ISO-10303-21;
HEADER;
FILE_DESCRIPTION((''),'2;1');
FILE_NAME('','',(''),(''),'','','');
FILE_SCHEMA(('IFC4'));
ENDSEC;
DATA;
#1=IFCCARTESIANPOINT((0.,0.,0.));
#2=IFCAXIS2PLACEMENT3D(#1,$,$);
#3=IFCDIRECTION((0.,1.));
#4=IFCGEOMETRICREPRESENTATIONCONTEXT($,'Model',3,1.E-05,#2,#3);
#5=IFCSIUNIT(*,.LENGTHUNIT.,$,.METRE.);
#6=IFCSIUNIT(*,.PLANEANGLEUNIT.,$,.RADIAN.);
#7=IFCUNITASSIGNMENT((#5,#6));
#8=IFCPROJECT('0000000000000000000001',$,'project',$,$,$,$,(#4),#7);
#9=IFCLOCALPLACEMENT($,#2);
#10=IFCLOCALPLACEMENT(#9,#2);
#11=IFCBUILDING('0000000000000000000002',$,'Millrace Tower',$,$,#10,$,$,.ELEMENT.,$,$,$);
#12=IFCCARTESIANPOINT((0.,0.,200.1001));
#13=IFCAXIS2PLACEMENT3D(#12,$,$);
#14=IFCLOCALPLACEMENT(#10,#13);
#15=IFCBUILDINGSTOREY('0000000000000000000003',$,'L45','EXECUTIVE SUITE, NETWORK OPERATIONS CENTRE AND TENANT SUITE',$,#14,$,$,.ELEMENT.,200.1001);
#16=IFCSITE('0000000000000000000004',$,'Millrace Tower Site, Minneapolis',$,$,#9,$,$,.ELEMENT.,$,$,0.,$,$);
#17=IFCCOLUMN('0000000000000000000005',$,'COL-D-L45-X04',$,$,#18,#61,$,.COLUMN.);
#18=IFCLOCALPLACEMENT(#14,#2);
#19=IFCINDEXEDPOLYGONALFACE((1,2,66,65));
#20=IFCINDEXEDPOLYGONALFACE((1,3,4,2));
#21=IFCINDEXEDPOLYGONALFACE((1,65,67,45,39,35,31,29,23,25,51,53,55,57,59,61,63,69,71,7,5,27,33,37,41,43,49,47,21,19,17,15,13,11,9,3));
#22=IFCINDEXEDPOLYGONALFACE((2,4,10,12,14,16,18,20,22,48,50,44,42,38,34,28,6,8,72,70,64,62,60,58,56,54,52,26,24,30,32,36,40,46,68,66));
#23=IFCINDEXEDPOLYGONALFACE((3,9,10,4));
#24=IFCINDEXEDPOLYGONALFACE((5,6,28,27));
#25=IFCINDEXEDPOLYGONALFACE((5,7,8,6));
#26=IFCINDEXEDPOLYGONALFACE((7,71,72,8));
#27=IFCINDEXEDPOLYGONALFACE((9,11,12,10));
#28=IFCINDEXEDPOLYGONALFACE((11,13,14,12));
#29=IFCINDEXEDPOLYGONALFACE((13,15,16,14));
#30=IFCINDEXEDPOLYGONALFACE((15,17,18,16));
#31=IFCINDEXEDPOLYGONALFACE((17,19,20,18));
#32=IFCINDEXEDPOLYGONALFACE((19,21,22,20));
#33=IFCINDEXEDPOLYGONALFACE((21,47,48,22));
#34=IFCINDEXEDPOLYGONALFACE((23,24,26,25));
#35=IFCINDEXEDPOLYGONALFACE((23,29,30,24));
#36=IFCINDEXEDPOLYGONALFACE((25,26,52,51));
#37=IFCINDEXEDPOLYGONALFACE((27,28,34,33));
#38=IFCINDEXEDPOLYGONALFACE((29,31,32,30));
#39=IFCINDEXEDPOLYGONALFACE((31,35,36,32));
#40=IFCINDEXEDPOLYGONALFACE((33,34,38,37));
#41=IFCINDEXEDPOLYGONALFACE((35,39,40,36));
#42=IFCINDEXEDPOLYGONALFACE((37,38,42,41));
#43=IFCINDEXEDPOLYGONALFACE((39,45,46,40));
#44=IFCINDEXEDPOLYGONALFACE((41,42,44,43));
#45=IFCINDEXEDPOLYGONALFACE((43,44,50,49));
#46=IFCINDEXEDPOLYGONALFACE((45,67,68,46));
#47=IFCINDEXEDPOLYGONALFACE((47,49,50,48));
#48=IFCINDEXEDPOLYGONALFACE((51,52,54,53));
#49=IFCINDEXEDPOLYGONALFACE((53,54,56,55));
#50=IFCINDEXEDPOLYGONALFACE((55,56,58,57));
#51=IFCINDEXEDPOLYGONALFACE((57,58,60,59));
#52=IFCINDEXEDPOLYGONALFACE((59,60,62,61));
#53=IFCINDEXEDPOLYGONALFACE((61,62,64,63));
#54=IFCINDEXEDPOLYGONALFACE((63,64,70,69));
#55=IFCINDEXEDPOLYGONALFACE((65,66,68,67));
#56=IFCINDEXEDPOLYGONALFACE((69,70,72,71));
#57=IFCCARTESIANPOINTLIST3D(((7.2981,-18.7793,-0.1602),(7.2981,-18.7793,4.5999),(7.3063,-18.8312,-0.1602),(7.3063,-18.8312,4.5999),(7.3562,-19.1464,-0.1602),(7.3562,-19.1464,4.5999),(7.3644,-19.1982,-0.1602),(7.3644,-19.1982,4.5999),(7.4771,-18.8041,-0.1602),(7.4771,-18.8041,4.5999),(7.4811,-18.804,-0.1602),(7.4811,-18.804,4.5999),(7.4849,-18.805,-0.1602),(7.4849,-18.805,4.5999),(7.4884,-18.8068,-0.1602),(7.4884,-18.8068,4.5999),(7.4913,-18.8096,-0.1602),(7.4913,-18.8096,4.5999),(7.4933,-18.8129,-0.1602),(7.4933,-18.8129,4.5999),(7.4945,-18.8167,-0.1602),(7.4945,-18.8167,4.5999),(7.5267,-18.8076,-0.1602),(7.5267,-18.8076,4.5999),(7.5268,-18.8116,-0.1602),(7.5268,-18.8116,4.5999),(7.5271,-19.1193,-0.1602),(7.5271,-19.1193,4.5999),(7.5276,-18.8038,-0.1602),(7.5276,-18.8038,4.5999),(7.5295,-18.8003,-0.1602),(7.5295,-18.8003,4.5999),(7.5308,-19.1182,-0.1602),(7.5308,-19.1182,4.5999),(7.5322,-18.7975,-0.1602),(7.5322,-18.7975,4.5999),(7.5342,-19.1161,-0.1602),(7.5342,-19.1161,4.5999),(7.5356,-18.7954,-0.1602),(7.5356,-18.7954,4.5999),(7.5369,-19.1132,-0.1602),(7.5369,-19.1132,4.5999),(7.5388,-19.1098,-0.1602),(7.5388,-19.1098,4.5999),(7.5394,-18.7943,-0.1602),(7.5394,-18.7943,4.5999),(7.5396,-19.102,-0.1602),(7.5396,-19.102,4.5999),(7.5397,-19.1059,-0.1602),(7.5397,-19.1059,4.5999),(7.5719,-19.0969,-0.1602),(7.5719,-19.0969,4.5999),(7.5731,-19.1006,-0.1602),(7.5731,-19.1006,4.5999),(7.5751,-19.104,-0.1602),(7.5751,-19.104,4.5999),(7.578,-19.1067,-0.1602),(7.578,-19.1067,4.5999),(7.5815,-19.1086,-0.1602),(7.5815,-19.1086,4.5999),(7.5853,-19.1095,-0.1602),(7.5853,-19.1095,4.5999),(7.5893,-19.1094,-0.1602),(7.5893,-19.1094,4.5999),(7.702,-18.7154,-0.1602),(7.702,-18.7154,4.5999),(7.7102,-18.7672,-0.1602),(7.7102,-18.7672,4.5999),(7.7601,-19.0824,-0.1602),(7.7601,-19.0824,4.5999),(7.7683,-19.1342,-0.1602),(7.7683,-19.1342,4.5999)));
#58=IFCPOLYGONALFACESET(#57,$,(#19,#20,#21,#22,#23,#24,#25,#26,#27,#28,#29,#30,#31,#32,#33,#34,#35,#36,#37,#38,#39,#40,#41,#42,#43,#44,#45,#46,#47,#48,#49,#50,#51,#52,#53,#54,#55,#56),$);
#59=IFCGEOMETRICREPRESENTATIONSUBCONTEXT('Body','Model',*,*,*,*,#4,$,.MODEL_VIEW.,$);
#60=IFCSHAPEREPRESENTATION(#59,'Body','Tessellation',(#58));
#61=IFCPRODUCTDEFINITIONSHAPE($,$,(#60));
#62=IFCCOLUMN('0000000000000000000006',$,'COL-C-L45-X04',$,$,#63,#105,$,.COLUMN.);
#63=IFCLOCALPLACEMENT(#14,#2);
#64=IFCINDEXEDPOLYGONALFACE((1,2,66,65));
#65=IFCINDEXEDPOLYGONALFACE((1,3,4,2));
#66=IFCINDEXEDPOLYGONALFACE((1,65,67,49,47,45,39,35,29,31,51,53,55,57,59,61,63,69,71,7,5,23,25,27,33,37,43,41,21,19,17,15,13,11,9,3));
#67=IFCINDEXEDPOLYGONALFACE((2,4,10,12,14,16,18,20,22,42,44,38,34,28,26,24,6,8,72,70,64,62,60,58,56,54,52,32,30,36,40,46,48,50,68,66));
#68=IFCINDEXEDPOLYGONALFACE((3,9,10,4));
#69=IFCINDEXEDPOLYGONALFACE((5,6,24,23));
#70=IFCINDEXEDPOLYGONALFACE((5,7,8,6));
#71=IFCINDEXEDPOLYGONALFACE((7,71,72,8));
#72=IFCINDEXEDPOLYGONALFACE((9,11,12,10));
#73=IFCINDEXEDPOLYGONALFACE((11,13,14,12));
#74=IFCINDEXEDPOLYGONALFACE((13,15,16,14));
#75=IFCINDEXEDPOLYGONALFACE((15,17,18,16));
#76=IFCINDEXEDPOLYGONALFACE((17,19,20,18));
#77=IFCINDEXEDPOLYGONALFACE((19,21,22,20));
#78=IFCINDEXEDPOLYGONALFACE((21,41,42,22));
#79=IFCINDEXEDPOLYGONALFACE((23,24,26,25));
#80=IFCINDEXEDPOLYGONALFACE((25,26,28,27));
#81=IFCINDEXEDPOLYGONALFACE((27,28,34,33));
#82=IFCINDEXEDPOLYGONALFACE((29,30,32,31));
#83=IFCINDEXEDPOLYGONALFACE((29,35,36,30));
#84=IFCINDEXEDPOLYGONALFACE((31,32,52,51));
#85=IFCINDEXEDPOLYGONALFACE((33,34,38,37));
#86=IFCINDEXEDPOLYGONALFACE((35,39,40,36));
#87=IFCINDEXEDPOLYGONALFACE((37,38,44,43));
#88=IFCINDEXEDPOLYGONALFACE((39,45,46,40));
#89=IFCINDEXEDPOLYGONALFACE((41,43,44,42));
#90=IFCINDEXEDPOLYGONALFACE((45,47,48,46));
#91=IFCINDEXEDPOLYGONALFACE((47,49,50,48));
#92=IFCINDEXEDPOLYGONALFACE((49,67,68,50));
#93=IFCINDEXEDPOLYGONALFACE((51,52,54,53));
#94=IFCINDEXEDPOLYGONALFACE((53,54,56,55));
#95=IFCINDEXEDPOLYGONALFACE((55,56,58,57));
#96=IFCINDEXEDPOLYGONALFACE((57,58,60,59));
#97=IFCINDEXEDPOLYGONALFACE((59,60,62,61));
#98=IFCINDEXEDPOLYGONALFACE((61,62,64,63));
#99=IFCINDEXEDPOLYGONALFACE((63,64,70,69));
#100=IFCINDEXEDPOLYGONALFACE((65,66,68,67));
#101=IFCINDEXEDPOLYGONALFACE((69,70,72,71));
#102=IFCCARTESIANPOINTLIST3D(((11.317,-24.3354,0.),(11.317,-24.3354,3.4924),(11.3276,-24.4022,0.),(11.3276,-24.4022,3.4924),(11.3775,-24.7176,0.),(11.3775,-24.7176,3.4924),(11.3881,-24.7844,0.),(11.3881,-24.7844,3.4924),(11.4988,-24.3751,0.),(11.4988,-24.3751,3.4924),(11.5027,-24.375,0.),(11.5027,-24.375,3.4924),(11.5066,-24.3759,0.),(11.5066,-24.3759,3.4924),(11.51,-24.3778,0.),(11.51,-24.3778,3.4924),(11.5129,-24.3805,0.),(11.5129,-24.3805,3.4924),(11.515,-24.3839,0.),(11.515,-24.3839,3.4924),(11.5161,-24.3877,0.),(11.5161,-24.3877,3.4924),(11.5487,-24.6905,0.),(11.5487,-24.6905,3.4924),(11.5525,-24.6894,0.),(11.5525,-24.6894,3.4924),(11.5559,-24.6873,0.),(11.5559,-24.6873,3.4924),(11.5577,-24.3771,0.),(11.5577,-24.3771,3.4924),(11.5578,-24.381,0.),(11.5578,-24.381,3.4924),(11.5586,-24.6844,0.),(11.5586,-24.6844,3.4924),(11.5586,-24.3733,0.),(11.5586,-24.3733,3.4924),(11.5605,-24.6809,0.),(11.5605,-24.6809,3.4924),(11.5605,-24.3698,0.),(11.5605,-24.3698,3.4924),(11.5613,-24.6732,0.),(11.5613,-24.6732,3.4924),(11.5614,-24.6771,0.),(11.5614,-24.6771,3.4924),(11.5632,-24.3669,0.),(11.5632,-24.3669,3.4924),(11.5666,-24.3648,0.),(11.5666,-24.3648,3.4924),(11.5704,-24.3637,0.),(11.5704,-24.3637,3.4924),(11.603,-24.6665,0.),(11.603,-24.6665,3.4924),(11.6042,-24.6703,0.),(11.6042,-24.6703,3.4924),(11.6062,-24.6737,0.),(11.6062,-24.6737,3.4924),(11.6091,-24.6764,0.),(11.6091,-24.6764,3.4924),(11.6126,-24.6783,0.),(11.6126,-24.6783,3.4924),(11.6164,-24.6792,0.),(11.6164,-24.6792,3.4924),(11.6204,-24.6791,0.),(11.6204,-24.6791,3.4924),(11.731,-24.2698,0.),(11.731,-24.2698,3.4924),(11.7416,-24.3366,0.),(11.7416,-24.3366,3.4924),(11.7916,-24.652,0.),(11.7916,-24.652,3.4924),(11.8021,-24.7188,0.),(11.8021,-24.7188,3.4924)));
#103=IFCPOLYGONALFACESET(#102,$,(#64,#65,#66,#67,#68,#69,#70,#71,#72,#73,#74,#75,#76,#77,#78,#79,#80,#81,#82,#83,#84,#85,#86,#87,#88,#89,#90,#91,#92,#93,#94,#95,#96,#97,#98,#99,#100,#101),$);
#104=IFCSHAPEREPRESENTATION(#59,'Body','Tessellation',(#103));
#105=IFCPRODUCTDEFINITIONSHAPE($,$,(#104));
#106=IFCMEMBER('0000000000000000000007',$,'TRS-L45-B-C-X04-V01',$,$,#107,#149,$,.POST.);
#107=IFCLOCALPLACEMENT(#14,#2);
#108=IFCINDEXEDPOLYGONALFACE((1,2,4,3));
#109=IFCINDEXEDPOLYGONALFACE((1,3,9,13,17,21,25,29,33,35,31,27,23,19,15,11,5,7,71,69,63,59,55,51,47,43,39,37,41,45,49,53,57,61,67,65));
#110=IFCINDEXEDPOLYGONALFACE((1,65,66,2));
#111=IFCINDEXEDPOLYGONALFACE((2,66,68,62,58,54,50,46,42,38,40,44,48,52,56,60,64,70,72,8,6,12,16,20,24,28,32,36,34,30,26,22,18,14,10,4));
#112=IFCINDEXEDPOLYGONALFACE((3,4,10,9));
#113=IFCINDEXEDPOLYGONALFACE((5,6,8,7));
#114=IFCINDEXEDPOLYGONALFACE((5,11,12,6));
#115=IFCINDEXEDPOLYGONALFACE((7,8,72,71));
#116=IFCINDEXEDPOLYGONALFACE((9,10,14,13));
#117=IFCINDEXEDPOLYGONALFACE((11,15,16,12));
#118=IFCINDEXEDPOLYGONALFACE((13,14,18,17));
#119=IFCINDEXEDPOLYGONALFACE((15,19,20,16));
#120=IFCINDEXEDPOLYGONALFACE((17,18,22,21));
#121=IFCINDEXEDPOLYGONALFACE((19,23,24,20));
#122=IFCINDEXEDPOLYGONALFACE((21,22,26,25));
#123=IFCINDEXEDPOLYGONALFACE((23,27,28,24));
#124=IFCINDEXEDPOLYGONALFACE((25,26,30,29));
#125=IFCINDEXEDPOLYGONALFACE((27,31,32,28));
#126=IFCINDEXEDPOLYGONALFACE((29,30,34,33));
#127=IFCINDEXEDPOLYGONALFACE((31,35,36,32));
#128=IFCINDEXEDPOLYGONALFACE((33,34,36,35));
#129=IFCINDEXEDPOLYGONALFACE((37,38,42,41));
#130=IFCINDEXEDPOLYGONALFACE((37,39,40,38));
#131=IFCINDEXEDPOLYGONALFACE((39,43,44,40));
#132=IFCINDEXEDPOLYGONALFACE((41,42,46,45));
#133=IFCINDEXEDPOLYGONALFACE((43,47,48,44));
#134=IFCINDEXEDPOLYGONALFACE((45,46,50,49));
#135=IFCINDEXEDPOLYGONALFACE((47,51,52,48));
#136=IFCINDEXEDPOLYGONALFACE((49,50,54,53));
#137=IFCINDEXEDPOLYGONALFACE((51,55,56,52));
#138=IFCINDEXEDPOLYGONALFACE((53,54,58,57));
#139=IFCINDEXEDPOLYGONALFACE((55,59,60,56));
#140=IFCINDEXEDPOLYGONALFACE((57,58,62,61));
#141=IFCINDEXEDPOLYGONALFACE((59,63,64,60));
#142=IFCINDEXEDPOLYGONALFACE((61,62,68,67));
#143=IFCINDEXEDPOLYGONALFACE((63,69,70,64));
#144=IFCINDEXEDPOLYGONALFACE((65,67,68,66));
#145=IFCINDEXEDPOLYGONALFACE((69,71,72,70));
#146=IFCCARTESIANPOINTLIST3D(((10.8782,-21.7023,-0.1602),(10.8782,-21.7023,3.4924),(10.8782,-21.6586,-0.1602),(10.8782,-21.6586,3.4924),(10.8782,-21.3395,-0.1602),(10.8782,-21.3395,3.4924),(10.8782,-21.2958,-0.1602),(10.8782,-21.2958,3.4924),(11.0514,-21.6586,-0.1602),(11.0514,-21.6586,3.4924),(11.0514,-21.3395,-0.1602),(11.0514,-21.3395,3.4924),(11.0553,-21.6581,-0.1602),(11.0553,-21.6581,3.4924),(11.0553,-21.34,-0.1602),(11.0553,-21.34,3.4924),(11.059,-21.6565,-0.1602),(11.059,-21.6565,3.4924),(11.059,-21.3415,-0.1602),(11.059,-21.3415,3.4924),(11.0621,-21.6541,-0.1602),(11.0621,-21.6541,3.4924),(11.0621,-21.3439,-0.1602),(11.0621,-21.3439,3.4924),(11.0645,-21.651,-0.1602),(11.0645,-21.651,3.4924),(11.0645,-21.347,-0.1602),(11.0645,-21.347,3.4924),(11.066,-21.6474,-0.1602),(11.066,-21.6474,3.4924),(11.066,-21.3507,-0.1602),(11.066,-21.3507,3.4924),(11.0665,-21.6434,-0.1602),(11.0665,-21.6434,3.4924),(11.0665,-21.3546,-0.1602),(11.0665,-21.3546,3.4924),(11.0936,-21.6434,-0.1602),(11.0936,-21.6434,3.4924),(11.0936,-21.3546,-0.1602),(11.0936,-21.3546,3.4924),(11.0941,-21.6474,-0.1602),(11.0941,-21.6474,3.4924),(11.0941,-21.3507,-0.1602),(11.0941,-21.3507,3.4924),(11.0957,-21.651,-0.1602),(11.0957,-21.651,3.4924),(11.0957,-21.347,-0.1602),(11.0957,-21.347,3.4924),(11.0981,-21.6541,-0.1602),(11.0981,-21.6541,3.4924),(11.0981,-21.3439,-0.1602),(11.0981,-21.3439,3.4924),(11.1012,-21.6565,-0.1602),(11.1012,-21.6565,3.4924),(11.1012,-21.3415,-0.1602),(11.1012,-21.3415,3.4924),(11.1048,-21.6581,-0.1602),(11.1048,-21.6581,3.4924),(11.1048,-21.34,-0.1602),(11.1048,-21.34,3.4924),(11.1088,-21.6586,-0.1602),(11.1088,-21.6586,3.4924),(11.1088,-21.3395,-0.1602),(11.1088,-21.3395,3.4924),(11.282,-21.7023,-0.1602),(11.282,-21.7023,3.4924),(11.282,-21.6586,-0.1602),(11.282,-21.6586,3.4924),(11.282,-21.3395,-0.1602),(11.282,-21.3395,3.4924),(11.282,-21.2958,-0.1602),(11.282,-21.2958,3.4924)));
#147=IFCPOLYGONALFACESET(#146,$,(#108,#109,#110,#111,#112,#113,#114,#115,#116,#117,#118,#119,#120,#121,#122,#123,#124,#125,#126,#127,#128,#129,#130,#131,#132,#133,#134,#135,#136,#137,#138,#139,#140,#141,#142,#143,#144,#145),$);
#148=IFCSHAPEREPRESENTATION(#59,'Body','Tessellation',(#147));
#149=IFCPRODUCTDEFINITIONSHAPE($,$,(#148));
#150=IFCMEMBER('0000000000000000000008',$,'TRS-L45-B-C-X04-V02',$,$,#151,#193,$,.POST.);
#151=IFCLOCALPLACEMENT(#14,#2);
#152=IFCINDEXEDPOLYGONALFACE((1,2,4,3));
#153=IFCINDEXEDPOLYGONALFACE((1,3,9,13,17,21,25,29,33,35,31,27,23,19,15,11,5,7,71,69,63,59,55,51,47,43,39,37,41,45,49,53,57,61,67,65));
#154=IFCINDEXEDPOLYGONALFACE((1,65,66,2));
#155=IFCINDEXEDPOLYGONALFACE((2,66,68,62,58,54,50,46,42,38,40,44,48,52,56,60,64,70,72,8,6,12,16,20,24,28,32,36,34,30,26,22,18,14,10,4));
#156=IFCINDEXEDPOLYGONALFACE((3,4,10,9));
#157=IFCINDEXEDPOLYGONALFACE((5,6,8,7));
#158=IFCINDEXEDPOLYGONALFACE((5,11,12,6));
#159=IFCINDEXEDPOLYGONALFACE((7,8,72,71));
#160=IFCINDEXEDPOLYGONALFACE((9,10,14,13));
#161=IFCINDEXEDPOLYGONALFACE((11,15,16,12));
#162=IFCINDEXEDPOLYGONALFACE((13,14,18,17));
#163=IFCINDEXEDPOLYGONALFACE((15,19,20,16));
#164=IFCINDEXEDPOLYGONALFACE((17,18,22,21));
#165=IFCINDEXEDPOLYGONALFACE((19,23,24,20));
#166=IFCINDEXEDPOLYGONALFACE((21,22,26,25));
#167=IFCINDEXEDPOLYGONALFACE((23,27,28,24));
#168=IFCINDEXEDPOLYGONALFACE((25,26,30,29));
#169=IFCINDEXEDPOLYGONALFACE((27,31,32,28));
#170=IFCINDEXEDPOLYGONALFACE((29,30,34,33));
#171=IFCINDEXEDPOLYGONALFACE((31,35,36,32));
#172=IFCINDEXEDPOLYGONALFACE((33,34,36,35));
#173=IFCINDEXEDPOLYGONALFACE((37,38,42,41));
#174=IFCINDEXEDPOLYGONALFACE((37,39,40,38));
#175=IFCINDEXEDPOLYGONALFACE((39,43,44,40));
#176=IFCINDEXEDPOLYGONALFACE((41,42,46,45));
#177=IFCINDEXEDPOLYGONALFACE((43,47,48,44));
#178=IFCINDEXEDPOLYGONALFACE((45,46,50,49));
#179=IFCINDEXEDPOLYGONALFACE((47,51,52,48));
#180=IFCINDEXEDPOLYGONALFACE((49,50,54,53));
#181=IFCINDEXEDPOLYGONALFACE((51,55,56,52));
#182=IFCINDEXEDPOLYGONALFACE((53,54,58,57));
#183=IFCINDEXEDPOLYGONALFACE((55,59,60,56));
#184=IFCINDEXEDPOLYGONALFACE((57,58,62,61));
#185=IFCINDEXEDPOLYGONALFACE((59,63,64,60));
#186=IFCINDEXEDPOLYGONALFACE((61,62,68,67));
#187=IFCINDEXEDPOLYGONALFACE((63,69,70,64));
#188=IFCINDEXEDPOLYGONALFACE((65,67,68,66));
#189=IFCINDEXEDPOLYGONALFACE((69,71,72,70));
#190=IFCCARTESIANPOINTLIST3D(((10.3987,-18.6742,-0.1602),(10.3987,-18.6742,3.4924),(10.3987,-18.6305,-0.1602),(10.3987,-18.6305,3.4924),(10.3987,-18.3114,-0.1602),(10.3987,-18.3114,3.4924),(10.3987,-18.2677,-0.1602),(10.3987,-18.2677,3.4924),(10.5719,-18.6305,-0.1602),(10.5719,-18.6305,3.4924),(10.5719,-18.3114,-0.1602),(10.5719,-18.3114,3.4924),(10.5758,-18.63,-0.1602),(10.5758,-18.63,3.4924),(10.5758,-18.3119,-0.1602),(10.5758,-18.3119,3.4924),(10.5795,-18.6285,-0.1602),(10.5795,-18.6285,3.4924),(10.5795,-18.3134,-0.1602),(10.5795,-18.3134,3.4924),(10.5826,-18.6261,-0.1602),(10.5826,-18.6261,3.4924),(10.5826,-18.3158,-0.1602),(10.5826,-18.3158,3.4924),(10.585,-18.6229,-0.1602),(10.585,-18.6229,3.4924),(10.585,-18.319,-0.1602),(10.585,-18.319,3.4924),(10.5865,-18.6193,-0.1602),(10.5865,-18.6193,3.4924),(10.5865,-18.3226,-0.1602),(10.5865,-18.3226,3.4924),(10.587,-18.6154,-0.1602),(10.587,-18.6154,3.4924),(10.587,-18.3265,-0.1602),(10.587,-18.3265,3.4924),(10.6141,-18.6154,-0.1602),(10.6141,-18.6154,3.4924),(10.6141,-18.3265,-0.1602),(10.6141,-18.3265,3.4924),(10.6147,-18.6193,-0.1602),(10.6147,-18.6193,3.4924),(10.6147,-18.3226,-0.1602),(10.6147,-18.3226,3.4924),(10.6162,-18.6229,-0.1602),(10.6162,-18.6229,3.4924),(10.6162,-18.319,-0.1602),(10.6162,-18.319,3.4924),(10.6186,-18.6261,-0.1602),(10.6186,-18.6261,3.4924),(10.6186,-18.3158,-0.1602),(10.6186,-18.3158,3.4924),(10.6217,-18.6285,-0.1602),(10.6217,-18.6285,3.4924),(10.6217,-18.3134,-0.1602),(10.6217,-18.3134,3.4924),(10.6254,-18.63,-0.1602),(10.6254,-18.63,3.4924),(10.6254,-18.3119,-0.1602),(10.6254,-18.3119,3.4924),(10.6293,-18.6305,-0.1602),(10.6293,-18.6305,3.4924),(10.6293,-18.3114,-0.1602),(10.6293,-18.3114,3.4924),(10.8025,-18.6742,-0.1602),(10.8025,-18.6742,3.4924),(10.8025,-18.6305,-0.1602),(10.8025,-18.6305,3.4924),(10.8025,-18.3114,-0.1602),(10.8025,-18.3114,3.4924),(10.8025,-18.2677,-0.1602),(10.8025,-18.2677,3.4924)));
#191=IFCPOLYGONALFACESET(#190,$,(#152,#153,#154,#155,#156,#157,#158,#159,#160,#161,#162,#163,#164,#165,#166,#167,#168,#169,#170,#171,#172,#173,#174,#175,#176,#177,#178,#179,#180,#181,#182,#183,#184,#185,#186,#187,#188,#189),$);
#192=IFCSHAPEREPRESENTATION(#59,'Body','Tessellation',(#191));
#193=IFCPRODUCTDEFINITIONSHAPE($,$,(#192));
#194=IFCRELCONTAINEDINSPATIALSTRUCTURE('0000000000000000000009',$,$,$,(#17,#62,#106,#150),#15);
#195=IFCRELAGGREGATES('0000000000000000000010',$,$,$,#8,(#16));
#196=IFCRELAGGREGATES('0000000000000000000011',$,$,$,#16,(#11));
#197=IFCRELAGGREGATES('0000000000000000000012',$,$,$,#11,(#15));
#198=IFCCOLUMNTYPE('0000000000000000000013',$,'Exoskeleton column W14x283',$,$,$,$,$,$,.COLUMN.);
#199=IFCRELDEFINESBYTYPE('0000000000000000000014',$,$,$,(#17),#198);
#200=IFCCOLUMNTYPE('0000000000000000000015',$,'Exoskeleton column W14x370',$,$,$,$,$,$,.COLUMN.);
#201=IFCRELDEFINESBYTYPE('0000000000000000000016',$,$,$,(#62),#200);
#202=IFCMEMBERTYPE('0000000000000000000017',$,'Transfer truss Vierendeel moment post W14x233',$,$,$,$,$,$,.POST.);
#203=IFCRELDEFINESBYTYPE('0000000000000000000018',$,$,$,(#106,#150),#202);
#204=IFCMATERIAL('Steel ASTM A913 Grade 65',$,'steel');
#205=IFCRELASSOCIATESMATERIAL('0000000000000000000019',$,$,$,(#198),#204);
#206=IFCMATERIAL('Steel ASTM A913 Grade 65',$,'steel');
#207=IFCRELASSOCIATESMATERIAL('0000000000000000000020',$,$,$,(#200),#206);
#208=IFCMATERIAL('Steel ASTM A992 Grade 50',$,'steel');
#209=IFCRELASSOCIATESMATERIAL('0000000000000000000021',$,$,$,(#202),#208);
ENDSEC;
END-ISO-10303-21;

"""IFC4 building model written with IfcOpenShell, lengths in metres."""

from ifc_helpers import new_model, si_unit, direction, frame, origin, origin_2d, place, context, subcontext, project, spatial, i_section, extrude, material, material_profile, profile_set, type_object, element, save


model = new_model("IFC4")

# Units and contexts
model_context = context("Model", 3, precision=1e-05, world=origin(), true_north=direction((0.0, 1.0)))
body_context = subcontext(model_context, "Body", "Model", "MODEL_VIEW")
ifc_project = project(units=[si_unit("LENGTHUNIT", "METRE"), si_unit("PLANEANGLEUNIT", "RADIAN")], contexts=[model_context])

# Site, building, storey
site_placement = place(None, origin())
site = spatial("IfcSite", under=ifc_project, at=site_placement, Name="Millrace Tower Site, Minneapolis", CompositionType="ELEMENT", RefElevation=0.0)
building_placement = place(site_placement, origin())
building = spatial("IfcBuilding", under=site, at=building_placement, Name="Millrace Tower", CompositionType="ELEMENT")
storey_placement = place(building_placement, frame((0.0, 0.0, 200.1001)))
storey = spatial("IfcBuildingStorey", under=building, at=storey_placement, Name="L45", Description="EXECUTIVE SUITE, NETWORK OPERATIONS CENTRE AND TENANT SUITE", CompositionType="ELEMENT", Elevation=200.1001)

# Columns
ifc_material_1 = material(Name="Steel ASTM A913 Grade 65", Category="steel")
ifc_material_profile_1 = material_profile(ifc_material_1, i_section(OverallWidth=0.4089, OverallDepth=0.4241, WebThickness=0.0327, FlangeThickness=0.0525, FilletRadius=0.0151, at=origin_2d()))
ifc_profile_set_1 = profile_set([ifc_material_profile_1], Name="Steel ASTM A913 Grade 65")
column_type_1 = type_object("IfcColumnType", Name="Exoskeleton column W14x283", PredefinedType="COLUMN", material=ifc_profile_set_1)
column_1_placement = place(storey_placement, frame((7.5332, -18.9568, -0.1602), z_axis=(0.0, 0.0, 1.0), x_axis=(0.987688, 0.156434, 0.0)))
element("IfcColumn", 1, at=column_1_placement, inside=storey, type_object=column_type_1, Name="COL-D-L45-X04", PredefinedType="COLUMN", context=body_context, shape_type="SweptSolid", body=[
    extrude(i_section(OverallWidth=0.4089, OverallDepth=0.4241, WebThickness=0.0327, FlangeThickness=0.0525, FilletRadius=0.0151, at=origin_2d()), origin(), (0.0, 0.0, 1.0), 4.76),
])
ifc_material_2 = material(Name="Steel ASTM A913 Grade 65", Category="steel")
ifc_material_profile_2 = material_profile(ifc_material_2, i_section(OverallWidth=0.4192, OverallDepth=0.4546, WebThickness=0.0422, FlangeThickness=0.0676, FilletRadius=0.0151, at=origin_2d()))
ifc_profile_set_2 = profile_set([ifc_material_profile_2], Name="Steel ASTM A913 Grade 65")
column_type_2 = type_object("IfcColumnType", Name="Exoskeleton column W14x370", PredefinedType="COLUMN", material=ifc_profile_set_2)
column_2_placement = place(storey_placement, frame((11.5596, -24.5271, 0.0), z_axis=(0.0, 0.0, 1.0), x_axis=(0.987688, 0.156434, 0.0)))
element("IfcColumn", 2, at=column_2_placement, inside=storey, type_object=column_type_2, Name="COL-C-L45-X04", PredefinedType="COLUMN", context=body_context, shape_type="SweptSolid", body=[
    extrude(i_section(OverallWidth=0.4192, OverallDepth=0.4546, WebThickness=0.0422, FlangeThickness=0.0676, FilletRadius=0.0151, at=origin_2d()), origin(), (0.0, 0.0, 1.0), 3.4924),
])

# Members
ifc_material_3 = material(Name="Steel ASTM A992 Grade 50", Category="steel")
ifc_material_profile_3 = material_profile(ifc_material_3, i_section(OverallWidth=0.4038, OverallDepth=0.4065, WebThickness=0.0271, FlangeThickness=0.0437, FilletRadius=0.0151, at=origin_2d()))
ifc_profile_set_3 = profile_set([ifc_material_profile_3], Name="Steel ASTM A992 Grade 50")
member_type_1 = type_object("IfcMemberType", Name="Transfer truss Vierendeel moment post W14x233", PredefinedType="POST", material=ifc_profile_set_3)
for number, where, z_axis, x_axis, name in (
    (3, (11.0801, -21.499, -0.1602), (0.0, 0.0, 1.0), (1.0, 0.0, 0.0), "TRS-L45-B-C-X04-V01"),
    (4, (10.6006, -18.4709, -0.1602), (0.0, 0.0, 1.0), (1.0, 0.0, 0.0), "TRS-L45-B-C-X04-V02"),
):
    element("IfcMember", number, at=place(storey_placement, frame(where, z_axis=z_axis, x_axis=x_axis)), inside=storey, type_object=member_type_1, Name=name, PredefinedType="POST", context=body_context, shape_type="SweptSolid", body=[
        extrude(i_section(OverallWidth=0.4038, OverallDepth=0.4065, WebThickness=0.0271, FlangeThickness=0.0437, FilletRadius=0.0151, at=origin_2d()), origin(), (0.0, 0.0, 1.0), 3.6526),
    ])

save(model, "model.ifc")
